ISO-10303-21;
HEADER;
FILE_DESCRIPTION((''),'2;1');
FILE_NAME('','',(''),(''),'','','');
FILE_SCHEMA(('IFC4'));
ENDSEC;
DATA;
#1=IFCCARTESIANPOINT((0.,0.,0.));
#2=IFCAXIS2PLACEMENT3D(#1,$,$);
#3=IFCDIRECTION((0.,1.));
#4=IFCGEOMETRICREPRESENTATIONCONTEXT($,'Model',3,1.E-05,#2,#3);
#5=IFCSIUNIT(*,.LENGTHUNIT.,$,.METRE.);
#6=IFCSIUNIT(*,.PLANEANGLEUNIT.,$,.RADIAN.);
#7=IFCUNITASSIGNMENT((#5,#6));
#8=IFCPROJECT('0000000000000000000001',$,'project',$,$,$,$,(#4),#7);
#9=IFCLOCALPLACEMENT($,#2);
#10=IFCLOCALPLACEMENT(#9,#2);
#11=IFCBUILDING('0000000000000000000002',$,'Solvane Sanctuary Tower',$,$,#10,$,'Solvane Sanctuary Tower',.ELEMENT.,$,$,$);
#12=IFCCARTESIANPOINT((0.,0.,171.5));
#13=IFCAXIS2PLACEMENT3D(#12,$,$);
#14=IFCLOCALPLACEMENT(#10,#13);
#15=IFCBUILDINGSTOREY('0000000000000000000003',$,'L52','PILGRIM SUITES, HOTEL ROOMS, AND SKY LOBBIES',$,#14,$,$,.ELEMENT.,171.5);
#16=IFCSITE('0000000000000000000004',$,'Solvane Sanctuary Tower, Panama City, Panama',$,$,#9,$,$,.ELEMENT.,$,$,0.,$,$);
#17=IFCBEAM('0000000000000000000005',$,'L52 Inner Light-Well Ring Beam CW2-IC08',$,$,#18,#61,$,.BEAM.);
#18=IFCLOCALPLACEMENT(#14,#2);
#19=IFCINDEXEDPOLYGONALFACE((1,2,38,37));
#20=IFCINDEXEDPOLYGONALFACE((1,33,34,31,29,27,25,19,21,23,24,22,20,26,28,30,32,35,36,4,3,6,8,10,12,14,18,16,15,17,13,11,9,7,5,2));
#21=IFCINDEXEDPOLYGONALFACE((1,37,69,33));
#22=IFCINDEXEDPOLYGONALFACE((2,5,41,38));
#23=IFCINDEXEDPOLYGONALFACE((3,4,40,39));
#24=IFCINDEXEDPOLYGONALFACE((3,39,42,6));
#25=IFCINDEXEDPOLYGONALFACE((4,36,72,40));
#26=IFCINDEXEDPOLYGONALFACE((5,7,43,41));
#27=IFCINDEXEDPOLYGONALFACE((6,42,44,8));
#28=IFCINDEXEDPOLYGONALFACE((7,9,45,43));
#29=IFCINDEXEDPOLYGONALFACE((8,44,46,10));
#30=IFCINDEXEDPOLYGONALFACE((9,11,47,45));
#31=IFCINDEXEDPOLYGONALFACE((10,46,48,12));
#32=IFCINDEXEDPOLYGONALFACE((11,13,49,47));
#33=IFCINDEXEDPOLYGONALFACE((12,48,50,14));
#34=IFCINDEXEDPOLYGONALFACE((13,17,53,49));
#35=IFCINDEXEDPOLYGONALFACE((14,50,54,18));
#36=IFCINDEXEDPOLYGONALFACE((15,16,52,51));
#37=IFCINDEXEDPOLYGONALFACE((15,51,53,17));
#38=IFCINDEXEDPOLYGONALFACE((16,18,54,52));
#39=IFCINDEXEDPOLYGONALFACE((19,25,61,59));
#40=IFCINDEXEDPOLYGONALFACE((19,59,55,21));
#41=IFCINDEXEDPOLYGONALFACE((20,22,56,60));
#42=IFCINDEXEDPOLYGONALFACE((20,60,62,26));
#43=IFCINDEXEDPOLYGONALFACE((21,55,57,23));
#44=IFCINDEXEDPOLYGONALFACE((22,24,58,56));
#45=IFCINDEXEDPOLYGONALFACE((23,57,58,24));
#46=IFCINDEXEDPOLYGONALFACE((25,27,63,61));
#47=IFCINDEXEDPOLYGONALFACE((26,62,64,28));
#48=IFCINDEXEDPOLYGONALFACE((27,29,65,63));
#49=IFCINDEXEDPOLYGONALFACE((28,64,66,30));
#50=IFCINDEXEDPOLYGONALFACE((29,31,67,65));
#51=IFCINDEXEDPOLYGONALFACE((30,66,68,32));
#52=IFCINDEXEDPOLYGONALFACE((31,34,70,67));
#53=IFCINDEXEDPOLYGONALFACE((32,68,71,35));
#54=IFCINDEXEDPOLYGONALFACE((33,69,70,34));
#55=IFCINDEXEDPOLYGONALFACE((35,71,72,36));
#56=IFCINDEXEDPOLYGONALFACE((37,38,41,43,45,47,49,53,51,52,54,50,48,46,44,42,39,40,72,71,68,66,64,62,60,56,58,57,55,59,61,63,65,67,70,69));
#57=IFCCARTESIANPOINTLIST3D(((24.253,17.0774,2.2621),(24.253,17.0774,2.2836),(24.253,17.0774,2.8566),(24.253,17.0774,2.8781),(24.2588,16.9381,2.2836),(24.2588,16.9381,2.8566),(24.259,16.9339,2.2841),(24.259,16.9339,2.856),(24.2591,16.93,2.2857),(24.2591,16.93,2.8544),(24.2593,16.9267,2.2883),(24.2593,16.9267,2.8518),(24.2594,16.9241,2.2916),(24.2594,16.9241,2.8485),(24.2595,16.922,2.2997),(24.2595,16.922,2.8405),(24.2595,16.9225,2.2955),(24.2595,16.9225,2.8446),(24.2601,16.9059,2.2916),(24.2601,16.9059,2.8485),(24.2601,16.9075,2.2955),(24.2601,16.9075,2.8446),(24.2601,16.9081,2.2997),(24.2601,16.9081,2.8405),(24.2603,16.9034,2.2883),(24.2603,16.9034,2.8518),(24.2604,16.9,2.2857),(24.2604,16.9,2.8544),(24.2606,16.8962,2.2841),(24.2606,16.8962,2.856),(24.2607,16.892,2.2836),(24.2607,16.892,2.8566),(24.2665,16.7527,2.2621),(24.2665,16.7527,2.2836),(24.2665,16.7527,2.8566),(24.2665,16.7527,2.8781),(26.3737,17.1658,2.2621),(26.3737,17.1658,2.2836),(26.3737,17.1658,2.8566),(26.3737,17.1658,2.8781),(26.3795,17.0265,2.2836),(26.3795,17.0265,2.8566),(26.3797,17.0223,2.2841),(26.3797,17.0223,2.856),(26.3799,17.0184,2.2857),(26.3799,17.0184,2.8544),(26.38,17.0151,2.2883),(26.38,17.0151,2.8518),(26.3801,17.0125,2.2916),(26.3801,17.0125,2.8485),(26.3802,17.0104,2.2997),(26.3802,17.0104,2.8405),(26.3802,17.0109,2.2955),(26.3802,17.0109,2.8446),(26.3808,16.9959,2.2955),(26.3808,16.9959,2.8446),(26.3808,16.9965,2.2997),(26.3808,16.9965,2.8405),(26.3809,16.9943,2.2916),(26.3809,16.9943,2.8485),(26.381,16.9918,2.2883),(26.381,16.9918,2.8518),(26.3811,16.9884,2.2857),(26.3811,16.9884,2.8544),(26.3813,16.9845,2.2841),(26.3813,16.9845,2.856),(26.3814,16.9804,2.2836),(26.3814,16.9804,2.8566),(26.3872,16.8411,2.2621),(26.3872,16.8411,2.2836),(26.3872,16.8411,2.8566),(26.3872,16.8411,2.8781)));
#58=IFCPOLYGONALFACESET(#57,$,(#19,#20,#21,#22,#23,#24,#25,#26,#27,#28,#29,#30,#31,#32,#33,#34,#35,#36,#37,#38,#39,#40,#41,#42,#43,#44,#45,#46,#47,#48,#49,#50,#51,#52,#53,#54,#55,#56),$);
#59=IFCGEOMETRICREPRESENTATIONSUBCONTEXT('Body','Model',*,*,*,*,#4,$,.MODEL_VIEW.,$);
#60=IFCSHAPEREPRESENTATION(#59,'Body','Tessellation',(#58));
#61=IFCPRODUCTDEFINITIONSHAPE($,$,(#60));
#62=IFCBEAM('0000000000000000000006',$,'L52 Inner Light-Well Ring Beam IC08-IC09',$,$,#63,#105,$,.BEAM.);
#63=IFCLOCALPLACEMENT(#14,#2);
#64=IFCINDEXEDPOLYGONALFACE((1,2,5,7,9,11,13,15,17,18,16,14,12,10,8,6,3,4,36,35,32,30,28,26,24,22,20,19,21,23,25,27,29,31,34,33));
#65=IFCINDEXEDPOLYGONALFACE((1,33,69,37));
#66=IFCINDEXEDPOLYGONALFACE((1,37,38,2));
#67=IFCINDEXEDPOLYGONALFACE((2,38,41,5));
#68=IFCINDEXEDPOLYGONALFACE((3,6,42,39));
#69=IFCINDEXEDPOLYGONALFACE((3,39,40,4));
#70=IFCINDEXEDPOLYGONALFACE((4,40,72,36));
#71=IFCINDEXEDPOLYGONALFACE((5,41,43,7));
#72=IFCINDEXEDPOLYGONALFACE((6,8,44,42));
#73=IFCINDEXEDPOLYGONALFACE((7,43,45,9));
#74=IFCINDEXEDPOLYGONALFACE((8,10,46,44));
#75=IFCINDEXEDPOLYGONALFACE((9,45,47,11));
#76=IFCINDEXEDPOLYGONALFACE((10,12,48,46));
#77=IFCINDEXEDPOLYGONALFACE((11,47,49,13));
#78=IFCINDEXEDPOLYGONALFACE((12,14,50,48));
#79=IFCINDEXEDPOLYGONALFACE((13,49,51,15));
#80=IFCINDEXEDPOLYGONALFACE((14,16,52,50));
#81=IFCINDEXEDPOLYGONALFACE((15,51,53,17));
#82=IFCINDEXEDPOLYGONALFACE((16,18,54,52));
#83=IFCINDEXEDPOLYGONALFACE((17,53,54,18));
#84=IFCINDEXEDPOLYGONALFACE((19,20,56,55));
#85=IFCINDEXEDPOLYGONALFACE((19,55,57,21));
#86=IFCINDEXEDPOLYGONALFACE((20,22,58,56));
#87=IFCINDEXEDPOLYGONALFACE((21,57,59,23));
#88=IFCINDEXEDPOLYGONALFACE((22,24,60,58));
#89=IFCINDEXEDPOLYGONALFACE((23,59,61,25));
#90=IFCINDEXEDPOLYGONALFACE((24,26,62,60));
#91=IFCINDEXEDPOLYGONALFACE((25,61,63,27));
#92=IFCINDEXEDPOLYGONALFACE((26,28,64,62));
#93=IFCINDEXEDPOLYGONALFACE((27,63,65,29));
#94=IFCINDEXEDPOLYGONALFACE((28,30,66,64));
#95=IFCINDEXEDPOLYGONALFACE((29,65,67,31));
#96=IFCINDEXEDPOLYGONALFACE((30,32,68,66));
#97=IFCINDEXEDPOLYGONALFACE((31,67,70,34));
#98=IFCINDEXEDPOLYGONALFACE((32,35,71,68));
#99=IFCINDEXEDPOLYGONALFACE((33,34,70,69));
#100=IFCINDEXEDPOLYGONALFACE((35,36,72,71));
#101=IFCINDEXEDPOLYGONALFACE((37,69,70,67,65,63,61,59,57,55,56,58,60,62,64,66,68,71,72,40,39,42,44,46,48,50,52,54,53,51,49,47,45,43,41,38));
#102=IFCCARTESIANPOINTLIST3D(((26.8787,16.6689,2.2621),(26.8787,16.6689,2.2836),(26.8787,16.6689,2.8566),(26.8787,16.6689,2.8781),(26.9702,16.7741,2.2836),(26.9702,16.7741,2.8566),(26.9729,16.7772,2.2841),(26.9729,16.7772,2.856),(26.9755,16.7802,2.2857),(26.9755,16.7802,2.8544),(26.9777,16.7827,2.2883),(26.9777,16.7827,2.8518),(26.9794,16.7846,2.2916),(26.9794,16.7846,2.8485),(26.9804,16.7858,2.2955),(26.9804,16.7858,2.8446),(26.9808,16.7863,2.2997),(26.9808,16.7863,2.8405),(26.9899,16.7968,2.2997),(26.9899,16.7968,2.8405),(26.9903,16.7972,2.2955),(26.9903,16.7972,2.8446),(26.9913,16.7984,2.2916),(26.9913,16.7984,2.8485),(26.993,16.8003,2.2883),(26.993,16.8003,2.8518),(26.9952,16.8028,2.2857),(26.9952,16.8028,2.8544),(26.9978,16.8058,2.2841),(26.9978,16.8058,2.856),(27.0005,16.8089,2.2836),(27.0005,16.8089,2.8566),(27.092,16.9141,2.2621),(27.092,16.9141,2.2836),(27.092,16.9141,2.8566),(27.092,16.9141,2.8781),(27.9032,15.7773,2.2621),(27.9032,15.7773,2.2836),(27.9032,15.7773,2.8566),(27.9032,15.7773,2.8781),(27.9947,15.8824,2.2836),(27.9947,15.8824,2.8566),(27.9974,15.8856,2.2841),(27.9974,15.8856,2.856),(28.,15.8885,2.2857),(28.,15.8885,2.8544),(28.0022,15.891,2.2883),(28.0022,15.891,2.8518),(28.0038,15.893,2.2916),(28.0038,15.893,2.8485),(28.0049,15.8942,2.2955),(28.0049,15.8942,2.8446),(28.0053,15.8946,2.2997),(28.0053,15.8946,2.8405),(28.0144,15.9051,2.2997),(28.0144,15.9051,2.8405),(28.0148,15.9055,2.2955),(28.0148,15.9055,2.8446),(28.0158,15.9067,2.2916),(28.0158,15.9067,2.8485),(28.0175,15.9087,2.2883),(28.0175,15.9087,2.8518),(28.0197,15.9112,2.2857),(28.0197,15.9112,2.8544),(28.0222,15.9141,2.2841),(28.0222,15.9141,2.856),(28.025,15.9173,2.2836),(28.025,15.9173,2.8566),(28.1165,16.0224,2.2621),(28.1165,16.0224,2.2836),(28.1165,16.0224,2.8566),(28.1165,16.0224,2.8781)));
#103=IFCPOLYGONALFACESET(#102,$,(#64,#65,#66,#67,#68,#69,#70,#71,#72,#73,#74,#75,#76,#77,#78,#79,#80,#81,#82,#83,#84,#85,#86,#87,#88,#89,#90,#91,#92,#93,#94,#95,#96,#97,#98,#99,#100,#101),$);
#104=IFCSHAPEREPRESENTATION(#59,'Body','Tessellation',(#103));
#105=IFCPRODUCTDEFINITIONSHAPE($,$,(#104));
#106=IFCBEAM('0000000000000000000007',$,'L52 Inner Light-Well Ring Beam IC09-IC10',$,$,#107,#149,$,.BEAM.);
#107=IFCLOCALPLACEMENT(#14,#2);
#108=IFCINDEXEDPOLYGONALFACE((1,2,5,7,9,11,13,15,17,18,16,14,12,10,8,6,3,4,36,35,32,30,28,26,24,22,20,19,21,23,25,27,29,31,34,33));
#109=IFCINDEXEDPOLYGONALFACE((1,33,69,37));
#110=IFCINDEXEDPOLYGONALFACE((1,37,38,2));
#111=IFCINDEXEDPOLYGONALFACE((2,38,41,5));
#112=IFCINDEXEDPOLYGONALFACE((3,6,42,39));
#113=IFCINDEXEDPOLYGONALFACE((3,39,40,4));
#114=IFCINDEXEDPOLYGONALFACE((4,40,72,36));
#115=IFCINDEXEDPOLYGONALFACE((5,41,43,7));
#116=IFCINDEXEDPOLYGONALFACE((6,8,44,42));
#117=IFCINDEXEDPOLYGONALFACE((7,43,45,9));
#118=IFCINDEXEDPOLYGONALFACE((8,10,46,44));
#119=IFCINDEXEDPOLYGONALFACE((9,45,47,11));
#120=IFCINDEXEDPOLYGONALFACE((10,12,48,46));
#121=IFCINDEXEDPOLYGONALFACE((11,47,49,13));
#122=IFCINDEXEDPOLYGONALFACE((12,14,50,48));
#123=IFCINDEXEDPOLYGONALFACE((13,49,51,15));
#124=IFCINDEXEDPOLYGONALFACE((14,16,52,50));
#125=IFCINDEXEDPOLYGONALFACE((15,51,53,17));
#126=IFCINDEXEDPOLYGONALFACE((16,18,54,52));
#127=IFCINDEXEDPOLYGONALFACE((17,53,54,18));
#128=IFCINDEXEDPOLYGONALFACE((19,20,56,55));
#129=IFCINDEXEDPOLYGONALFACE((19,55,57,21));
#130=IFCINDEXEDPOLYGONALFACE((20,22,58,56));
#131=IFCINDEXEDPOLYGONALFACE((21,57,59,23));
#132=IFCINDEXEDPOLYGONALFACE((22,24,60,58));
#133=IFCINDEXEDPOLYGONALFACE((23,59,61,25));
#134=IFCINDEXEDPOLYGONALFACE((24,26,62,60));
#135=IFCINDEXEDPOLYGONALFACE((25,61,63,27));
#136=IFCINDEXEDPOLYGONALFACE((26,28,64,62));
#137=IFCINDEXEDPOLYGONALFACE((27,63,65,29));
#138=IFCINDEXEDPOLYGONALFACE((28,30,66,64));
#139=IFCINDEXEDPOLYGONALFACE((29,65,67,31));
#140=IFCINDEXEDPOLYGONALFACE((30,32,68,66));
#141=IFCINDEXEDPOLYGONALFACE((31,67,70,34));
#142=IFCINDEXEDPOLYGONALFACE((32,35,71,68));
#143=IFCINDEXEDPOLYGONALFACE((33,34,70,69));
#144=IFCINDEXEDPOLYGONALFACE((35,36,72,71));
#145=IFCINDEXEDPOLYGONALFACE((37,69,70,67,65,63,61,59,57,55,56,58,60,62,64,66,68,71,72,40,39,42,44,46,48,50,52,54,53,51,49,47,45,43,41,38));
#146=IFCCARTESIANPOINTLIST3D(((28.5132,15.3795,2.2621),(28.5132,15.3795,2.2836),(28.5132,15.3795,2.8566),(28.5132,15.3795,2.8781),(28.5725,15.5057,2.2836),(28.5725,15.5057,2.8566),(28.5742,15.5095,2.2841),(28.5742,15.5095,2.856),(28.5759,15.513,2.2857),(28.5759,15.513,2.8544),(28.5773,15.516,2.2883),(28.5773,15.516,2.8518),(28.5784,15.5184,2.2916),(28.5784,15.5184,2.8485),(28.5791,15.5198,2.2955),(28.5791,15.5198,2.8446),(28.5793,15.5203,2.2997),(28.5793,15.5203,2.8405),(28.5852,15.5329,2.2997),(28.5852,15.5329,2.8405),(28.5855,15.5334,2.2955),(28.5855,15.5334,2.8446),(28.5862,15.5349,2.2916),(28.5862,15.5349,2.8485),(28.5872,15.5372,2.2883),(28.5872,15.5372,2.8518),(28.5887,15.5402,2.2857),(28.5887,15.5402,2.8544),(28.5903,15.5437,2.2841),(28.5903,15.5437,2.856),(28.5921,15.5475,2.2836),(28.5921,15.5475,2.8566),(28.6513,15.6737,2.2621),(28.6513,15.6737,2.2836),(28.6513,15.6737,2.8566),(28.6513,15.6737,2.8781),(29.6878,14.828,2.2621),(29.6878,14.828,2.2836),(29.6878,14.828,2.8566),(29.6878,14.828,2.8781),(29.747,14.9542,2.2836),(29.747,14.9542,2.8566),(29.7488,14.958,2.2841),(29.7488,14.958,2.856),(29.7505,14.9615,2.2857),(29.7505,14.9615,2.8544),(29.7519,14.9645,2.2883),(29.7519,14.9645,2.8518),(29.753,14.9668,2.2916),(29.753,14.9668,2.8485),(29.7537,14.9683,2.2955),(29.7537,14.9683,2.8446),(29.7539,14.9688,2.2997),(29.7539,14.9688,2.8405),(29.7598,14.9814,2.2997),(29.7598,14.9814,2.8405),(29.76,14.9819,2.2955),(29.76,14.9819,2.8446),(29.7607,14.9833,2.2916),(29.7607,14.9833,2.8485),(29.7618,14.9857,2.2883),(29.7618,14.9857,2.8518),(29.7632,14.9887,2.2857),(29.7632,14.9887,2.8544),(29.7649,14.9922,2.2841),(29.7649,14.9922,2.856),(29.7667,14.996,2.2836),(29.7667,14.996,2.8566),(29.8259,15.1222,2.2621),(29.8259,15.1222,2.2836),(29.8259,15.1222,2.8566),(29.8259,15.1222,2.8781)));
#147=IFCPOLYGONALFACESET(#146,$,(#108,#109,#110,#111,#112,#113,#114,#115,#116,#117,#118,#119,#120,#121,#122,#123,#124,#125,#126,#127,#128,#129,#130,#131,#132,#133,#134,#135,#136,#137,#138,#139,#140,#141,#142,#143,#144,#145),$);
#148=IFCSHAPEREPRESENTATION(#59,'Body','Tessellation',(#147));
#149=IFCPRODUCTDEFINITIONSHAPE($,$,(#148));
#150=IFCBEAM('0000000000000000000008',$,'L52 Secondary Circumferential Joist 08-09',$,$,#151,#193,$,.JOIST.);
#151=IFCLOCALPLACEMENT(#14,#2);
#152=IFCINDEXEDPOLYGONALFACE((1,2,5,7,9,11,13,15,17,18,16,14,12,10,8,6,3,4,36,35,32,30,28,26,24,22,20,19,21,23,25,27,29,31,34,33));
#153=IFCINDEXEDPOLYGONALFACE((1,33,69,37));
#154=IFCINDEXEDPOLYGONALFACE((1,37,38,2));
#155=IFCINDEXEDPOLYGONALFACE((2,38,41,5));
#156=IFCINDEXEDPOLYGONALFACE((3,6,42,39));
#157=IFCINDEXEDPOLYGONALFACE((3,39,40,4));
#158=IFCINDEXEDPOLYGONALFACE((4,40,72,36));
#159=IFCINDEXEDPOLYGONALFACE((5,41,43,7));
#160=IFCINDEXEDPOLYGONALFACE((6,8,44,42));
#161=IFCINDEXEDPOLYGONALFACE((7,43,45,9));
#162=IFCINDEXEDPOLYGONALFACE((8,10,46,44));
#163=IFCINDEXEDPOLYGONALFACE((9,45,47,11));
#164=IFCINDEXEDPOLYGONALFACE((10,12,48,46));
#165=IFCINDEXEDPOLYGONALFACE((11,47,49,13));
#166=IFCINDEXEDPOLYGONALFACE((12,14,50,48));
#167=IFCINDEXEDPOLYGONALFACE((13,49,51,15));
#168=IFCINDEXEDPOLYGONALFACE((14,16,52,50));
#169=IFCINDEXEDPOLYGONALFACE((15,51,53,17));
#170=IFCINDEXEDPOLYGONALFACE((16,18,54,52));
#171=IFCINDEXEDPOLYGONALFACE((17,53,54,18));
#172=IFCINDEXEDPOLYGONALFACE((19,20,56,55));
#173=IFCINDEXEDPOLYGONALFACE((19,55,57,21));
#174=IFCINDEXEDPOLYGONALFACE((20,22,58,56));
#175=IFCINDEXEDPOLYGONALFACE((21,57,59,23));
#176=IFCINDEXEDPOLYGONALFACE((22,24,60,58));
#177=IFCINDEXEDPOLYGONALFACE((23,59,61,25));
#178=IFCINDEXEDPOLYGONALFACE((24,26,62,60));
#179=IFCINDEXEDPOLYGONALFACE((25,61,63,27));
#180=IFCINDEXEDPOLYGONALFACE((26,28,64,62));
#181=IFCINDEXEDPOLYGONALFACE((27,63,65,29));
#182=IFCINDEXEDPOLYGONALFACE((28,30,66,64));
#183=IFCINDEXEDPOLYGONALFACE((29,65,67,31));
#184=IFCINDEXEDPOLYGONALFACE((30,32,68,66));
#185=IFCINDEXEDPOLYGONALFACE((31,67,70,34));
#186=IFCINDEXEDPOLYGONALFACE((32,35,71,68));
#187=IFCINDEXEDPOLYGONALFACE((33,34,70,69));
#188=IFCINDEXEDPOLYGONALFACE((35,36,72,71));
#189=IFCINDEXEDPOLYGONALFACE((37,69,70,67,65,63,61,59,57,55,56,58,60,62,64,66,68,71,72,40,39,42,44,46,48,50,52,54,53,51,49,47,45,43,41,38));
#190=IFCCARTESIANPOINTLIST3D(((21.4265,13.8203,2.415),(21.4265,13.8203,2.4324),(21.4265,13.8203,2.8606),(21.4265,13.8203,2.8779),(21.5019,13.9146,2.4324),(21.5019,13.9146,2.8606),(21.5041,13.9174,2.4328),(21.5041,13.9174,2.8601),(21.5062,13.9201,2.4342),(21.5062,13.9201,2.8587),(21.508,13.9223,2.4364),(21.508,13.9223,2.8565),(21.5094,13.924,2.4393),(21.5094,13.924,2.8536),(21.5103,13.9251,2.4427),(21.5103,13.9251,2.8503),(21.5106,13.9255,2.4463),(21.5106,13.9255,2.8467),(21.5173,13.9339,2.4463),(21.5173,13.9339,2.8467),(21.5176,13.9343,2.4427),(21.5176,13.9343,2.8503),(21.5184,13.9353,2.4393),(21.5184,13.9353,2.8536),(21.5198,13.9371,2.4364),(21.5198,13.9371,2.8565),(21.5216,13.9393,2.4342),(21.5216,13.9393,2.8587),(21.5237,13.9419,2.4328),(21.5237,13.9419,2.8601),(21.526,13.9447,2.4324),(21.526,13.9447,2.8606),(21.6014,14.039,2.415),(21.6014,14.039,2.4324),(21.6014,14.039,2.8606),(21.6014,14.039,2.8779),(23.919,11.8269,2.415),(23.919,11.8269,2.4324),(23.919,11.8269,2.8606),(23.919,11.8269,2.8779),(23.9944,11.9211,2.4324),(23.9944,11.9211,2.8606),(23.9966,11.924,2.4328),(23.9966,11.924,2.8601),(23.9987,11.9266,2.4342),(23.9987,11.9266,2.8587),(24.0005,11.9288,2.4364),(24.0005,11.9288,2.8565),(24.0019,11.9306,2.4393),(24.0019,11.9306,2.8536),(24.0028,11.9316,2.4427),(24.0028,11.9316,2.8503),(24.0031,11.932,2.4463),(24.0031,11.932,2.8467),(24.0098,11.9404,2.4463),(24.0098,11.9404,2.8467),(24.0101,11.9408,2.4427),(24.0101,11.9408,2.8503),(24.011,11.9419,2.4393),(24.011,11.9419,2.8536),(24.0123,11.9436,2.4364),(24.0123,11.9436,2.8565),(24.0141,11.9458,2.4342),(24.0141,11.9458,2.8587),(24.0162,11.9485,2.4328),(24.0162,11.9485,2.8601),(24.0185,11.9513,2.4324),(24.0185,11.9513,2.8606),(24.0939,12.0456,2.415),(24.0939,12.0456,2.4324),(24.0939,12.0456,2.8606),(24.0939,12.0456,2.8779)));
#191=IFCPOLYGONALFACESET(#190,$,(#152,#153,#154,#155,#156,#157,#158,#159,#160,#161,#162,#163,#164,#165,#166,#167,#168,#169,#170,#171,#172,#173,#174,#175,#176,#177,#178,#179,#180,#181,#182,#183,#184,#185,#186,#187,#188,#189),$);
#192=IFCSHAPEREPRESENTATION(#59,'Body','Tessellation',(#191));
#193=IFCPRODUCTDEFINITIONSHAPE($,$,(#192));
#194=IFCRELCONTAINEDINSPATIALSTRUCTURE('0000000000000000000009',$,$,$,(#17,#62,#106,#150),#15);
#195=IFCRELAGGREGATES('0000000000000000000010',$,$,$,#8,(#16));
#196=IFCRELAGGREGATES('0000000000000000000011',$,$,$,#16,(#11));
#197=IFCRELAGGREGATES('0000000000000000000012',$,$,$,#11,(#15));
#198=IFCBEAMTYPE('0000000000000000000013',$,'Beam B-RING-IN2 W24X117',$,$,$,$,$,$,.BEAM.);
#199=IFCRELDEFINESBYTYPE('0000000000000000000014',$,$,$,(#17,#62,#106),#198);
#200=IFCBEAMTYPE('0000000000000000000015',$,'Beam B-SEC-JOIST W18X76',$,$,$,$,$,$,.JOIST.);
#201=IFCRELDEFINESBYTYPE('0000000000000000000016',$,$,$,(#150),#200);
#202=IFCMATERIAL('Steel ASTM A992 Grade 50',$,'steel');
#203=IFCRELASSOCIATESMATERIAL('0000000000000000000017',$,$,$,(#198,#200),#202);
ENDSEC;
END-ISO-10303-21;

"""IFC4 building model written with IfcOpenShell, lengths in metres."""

from ifc_helpers import new_model, si_unit, direction, frame, origin, origin_2d, place, context, subcontext, project, spatial, i_section, extrude, material, material_profile, profile_set, type_object, element, save


model = new_model("IFC4")

# Units and contexts
model_context = context("Model", 3, precision=1e-05, world=origin(), true_north=direction((0.0, 1.0)))
body_context = subcontext(model_context, "Body", "Model", "MODEL_VIEW")
ifc_project = project(units=[si_unit("LENGTHUNIT", "METRE"), si_unit("PLANEANGLEUNIT", "RADIAN")], contexts=[model_context])

# Site, building, storey
site_placement = place(None, origin())
site = spatial("IfcSite", under=ifc_project, at=site_placement, Name="Solvane Sanctuary Tower, Panama City, Panama", CompositionType="ELEMENT", RefElevation=0.0)
building_placement = place(site_placement, origin())
building = spatial("IfcBuilding", under=site, at=building_placement, Name="Solvane Sanctuary Tower", LongName="Solvane Sanctuary Tower", CompositionType="ELEMENT")
storey_placement = place(building_placement, frame((0.0, 0.0, 171.5)))
storey = spatial("IfcBuildingStorey", under=building, at=storey_placement, Name="L52", Description="PILGRIM SUITES, HOTEL ROOMS, AND SKY LOBBIES", CompositionType="ELEMENT", Elevation=171.5)

# Beams
ifc_material_1 = material(Name="Steel ASTM A992 Grade 50", Category="steel")
ifc_material_profile_1 = material_profile(ifc_material_1, i_section(OverallWidth=0.325, OverallDepth=0.616, WebThickness=0.0139, FlangeThickness=0.0215, FilletRadius=0.0161, at=origin_2d()), Name="W24X117")
ifc_profile_set_1 = profile_set([ifc_material_profile_1], Name="Steel ASTM A992 Grade 50")
beam_type_1 = type_object("IfcBeamType", Name="Beam B-RING-IN2 W24X117", PredefinedType="BEAM", material=ifc_profile_set_1)
beam_1_placement = place(storey_placement, frame((24.2598, 16.915, 2.5701), z_axis=(0.999133, 0.04164, 0.0), x_axis=(-0.04164, 0.999133, 0.0)))
element("IfcBeam", 1, at=beam_1_placement, inside=storey, type_object=beam_type_1, Name="L52 Inner Light-Well Ring Beam CW2-IC08", PredefinedType="BEAM", context=body_context, shape_type="SweptSolid", body=[
    extrude(i_section(OverallWidth=0.325, OverallDepth=0.616, WebThickness=0.0139, FlangeThickness=0.0215, FilletRadius=0.0161, at=origin_2d()), origin(), (0.0, 0.0, 1.0), 2.1226),
])
beam_2_placement = place(storey_placement, frame((26.9854, 16.7915, 2.5701), z_axis=(0.754311, -0.656517, 0.0), x_axis=(0.656517, 0.754311, 0.0)))
element("IfcBeam", 2, at=beam_2_placement, inside=storey, type_object=beam_type_1, Name="L52 Inner Light-Well Ring Beam IC08-IC09", PredefinedType="BEAM", context=body_context, shape_type="SweptSolid", body=[
    extrude(i_section(OverallWidth=0.325, OverallDepth=0.616, WebThickness=0.0139, FlangeThickness=0.0215, FilletRadius=0.0161, at=origin_2d()), origin(), (0.0, 0.0, 1.0), 1.3582),
])
beam_3_placement = place(storey_placement, frame((28.5823, 15.5266, 2.5701), z_axis=(0.905181, -0.425027, 0.0), x_axis=(0.425027, 0.905181, 0.0)))
element("IfcBeam", 3, at=beam_3_placement, inside=storey, type_object=beam_type_1, Name="L52 Inner Light-Well Ring Beam IC09-IC10", PredefinedType="BEAM", context=body_context, shape_type="SweptSolid", body=[
    extrude(i_section(OverallWidth=0.325, OverallDepth=0.616, WebThickness=0.0139, FlangeThickness=0.0215, FilletRadius=0.0161, at=origin_2d()), origin(), (0.0, 0.0, 1.0), 1.2976),
])
ifc_material_profile_2 = material_profile(ifc_material_1, i_section(OverallWidth=0.28, OverallDepth=0.4629, WebThickness=0.0107, FlangeThickness=0.0173, FilletRadius=0.0139, at=origin_2d()), Name="W18X76")
ifc_profile_set_2 = profile_set([ifc_material_profile_2], Name="Steel ASTM A992 Grade 50")
beam_type_2 = type_object("IfcBeamType", Name="Beam B-SEC-JOIST W18X76", PredefinedType="JOIST", material=ifc_profile_set_2)
beam_4_placement = place(storey_placement, frame((21.5139, 13.9297, 2.6465), z_axis=(0.780951, -0.624592, 0.0), x_axis=(0.624592, 0.780951, 0.0)))
element("IfcBeam", 4, at=beam_4_placement, inside=storey, type_object=beam_type_2, Name="L52 Secondary Circumferential Joist 08-09", PredefinedType="JOIST", context=body_context, shape_type="SweptSolid", body=[
    extrude(i_section(OverallWidth=0.28, OverallDepth=0.4629, WebThickness=0.0107, FlangeThickness=0.0173, FilletRadius=0.0139, at=origin_2d()), origin(), (0.0, 0.0, 1.0), 3.1917),
])

save(model, "model.ifc")
